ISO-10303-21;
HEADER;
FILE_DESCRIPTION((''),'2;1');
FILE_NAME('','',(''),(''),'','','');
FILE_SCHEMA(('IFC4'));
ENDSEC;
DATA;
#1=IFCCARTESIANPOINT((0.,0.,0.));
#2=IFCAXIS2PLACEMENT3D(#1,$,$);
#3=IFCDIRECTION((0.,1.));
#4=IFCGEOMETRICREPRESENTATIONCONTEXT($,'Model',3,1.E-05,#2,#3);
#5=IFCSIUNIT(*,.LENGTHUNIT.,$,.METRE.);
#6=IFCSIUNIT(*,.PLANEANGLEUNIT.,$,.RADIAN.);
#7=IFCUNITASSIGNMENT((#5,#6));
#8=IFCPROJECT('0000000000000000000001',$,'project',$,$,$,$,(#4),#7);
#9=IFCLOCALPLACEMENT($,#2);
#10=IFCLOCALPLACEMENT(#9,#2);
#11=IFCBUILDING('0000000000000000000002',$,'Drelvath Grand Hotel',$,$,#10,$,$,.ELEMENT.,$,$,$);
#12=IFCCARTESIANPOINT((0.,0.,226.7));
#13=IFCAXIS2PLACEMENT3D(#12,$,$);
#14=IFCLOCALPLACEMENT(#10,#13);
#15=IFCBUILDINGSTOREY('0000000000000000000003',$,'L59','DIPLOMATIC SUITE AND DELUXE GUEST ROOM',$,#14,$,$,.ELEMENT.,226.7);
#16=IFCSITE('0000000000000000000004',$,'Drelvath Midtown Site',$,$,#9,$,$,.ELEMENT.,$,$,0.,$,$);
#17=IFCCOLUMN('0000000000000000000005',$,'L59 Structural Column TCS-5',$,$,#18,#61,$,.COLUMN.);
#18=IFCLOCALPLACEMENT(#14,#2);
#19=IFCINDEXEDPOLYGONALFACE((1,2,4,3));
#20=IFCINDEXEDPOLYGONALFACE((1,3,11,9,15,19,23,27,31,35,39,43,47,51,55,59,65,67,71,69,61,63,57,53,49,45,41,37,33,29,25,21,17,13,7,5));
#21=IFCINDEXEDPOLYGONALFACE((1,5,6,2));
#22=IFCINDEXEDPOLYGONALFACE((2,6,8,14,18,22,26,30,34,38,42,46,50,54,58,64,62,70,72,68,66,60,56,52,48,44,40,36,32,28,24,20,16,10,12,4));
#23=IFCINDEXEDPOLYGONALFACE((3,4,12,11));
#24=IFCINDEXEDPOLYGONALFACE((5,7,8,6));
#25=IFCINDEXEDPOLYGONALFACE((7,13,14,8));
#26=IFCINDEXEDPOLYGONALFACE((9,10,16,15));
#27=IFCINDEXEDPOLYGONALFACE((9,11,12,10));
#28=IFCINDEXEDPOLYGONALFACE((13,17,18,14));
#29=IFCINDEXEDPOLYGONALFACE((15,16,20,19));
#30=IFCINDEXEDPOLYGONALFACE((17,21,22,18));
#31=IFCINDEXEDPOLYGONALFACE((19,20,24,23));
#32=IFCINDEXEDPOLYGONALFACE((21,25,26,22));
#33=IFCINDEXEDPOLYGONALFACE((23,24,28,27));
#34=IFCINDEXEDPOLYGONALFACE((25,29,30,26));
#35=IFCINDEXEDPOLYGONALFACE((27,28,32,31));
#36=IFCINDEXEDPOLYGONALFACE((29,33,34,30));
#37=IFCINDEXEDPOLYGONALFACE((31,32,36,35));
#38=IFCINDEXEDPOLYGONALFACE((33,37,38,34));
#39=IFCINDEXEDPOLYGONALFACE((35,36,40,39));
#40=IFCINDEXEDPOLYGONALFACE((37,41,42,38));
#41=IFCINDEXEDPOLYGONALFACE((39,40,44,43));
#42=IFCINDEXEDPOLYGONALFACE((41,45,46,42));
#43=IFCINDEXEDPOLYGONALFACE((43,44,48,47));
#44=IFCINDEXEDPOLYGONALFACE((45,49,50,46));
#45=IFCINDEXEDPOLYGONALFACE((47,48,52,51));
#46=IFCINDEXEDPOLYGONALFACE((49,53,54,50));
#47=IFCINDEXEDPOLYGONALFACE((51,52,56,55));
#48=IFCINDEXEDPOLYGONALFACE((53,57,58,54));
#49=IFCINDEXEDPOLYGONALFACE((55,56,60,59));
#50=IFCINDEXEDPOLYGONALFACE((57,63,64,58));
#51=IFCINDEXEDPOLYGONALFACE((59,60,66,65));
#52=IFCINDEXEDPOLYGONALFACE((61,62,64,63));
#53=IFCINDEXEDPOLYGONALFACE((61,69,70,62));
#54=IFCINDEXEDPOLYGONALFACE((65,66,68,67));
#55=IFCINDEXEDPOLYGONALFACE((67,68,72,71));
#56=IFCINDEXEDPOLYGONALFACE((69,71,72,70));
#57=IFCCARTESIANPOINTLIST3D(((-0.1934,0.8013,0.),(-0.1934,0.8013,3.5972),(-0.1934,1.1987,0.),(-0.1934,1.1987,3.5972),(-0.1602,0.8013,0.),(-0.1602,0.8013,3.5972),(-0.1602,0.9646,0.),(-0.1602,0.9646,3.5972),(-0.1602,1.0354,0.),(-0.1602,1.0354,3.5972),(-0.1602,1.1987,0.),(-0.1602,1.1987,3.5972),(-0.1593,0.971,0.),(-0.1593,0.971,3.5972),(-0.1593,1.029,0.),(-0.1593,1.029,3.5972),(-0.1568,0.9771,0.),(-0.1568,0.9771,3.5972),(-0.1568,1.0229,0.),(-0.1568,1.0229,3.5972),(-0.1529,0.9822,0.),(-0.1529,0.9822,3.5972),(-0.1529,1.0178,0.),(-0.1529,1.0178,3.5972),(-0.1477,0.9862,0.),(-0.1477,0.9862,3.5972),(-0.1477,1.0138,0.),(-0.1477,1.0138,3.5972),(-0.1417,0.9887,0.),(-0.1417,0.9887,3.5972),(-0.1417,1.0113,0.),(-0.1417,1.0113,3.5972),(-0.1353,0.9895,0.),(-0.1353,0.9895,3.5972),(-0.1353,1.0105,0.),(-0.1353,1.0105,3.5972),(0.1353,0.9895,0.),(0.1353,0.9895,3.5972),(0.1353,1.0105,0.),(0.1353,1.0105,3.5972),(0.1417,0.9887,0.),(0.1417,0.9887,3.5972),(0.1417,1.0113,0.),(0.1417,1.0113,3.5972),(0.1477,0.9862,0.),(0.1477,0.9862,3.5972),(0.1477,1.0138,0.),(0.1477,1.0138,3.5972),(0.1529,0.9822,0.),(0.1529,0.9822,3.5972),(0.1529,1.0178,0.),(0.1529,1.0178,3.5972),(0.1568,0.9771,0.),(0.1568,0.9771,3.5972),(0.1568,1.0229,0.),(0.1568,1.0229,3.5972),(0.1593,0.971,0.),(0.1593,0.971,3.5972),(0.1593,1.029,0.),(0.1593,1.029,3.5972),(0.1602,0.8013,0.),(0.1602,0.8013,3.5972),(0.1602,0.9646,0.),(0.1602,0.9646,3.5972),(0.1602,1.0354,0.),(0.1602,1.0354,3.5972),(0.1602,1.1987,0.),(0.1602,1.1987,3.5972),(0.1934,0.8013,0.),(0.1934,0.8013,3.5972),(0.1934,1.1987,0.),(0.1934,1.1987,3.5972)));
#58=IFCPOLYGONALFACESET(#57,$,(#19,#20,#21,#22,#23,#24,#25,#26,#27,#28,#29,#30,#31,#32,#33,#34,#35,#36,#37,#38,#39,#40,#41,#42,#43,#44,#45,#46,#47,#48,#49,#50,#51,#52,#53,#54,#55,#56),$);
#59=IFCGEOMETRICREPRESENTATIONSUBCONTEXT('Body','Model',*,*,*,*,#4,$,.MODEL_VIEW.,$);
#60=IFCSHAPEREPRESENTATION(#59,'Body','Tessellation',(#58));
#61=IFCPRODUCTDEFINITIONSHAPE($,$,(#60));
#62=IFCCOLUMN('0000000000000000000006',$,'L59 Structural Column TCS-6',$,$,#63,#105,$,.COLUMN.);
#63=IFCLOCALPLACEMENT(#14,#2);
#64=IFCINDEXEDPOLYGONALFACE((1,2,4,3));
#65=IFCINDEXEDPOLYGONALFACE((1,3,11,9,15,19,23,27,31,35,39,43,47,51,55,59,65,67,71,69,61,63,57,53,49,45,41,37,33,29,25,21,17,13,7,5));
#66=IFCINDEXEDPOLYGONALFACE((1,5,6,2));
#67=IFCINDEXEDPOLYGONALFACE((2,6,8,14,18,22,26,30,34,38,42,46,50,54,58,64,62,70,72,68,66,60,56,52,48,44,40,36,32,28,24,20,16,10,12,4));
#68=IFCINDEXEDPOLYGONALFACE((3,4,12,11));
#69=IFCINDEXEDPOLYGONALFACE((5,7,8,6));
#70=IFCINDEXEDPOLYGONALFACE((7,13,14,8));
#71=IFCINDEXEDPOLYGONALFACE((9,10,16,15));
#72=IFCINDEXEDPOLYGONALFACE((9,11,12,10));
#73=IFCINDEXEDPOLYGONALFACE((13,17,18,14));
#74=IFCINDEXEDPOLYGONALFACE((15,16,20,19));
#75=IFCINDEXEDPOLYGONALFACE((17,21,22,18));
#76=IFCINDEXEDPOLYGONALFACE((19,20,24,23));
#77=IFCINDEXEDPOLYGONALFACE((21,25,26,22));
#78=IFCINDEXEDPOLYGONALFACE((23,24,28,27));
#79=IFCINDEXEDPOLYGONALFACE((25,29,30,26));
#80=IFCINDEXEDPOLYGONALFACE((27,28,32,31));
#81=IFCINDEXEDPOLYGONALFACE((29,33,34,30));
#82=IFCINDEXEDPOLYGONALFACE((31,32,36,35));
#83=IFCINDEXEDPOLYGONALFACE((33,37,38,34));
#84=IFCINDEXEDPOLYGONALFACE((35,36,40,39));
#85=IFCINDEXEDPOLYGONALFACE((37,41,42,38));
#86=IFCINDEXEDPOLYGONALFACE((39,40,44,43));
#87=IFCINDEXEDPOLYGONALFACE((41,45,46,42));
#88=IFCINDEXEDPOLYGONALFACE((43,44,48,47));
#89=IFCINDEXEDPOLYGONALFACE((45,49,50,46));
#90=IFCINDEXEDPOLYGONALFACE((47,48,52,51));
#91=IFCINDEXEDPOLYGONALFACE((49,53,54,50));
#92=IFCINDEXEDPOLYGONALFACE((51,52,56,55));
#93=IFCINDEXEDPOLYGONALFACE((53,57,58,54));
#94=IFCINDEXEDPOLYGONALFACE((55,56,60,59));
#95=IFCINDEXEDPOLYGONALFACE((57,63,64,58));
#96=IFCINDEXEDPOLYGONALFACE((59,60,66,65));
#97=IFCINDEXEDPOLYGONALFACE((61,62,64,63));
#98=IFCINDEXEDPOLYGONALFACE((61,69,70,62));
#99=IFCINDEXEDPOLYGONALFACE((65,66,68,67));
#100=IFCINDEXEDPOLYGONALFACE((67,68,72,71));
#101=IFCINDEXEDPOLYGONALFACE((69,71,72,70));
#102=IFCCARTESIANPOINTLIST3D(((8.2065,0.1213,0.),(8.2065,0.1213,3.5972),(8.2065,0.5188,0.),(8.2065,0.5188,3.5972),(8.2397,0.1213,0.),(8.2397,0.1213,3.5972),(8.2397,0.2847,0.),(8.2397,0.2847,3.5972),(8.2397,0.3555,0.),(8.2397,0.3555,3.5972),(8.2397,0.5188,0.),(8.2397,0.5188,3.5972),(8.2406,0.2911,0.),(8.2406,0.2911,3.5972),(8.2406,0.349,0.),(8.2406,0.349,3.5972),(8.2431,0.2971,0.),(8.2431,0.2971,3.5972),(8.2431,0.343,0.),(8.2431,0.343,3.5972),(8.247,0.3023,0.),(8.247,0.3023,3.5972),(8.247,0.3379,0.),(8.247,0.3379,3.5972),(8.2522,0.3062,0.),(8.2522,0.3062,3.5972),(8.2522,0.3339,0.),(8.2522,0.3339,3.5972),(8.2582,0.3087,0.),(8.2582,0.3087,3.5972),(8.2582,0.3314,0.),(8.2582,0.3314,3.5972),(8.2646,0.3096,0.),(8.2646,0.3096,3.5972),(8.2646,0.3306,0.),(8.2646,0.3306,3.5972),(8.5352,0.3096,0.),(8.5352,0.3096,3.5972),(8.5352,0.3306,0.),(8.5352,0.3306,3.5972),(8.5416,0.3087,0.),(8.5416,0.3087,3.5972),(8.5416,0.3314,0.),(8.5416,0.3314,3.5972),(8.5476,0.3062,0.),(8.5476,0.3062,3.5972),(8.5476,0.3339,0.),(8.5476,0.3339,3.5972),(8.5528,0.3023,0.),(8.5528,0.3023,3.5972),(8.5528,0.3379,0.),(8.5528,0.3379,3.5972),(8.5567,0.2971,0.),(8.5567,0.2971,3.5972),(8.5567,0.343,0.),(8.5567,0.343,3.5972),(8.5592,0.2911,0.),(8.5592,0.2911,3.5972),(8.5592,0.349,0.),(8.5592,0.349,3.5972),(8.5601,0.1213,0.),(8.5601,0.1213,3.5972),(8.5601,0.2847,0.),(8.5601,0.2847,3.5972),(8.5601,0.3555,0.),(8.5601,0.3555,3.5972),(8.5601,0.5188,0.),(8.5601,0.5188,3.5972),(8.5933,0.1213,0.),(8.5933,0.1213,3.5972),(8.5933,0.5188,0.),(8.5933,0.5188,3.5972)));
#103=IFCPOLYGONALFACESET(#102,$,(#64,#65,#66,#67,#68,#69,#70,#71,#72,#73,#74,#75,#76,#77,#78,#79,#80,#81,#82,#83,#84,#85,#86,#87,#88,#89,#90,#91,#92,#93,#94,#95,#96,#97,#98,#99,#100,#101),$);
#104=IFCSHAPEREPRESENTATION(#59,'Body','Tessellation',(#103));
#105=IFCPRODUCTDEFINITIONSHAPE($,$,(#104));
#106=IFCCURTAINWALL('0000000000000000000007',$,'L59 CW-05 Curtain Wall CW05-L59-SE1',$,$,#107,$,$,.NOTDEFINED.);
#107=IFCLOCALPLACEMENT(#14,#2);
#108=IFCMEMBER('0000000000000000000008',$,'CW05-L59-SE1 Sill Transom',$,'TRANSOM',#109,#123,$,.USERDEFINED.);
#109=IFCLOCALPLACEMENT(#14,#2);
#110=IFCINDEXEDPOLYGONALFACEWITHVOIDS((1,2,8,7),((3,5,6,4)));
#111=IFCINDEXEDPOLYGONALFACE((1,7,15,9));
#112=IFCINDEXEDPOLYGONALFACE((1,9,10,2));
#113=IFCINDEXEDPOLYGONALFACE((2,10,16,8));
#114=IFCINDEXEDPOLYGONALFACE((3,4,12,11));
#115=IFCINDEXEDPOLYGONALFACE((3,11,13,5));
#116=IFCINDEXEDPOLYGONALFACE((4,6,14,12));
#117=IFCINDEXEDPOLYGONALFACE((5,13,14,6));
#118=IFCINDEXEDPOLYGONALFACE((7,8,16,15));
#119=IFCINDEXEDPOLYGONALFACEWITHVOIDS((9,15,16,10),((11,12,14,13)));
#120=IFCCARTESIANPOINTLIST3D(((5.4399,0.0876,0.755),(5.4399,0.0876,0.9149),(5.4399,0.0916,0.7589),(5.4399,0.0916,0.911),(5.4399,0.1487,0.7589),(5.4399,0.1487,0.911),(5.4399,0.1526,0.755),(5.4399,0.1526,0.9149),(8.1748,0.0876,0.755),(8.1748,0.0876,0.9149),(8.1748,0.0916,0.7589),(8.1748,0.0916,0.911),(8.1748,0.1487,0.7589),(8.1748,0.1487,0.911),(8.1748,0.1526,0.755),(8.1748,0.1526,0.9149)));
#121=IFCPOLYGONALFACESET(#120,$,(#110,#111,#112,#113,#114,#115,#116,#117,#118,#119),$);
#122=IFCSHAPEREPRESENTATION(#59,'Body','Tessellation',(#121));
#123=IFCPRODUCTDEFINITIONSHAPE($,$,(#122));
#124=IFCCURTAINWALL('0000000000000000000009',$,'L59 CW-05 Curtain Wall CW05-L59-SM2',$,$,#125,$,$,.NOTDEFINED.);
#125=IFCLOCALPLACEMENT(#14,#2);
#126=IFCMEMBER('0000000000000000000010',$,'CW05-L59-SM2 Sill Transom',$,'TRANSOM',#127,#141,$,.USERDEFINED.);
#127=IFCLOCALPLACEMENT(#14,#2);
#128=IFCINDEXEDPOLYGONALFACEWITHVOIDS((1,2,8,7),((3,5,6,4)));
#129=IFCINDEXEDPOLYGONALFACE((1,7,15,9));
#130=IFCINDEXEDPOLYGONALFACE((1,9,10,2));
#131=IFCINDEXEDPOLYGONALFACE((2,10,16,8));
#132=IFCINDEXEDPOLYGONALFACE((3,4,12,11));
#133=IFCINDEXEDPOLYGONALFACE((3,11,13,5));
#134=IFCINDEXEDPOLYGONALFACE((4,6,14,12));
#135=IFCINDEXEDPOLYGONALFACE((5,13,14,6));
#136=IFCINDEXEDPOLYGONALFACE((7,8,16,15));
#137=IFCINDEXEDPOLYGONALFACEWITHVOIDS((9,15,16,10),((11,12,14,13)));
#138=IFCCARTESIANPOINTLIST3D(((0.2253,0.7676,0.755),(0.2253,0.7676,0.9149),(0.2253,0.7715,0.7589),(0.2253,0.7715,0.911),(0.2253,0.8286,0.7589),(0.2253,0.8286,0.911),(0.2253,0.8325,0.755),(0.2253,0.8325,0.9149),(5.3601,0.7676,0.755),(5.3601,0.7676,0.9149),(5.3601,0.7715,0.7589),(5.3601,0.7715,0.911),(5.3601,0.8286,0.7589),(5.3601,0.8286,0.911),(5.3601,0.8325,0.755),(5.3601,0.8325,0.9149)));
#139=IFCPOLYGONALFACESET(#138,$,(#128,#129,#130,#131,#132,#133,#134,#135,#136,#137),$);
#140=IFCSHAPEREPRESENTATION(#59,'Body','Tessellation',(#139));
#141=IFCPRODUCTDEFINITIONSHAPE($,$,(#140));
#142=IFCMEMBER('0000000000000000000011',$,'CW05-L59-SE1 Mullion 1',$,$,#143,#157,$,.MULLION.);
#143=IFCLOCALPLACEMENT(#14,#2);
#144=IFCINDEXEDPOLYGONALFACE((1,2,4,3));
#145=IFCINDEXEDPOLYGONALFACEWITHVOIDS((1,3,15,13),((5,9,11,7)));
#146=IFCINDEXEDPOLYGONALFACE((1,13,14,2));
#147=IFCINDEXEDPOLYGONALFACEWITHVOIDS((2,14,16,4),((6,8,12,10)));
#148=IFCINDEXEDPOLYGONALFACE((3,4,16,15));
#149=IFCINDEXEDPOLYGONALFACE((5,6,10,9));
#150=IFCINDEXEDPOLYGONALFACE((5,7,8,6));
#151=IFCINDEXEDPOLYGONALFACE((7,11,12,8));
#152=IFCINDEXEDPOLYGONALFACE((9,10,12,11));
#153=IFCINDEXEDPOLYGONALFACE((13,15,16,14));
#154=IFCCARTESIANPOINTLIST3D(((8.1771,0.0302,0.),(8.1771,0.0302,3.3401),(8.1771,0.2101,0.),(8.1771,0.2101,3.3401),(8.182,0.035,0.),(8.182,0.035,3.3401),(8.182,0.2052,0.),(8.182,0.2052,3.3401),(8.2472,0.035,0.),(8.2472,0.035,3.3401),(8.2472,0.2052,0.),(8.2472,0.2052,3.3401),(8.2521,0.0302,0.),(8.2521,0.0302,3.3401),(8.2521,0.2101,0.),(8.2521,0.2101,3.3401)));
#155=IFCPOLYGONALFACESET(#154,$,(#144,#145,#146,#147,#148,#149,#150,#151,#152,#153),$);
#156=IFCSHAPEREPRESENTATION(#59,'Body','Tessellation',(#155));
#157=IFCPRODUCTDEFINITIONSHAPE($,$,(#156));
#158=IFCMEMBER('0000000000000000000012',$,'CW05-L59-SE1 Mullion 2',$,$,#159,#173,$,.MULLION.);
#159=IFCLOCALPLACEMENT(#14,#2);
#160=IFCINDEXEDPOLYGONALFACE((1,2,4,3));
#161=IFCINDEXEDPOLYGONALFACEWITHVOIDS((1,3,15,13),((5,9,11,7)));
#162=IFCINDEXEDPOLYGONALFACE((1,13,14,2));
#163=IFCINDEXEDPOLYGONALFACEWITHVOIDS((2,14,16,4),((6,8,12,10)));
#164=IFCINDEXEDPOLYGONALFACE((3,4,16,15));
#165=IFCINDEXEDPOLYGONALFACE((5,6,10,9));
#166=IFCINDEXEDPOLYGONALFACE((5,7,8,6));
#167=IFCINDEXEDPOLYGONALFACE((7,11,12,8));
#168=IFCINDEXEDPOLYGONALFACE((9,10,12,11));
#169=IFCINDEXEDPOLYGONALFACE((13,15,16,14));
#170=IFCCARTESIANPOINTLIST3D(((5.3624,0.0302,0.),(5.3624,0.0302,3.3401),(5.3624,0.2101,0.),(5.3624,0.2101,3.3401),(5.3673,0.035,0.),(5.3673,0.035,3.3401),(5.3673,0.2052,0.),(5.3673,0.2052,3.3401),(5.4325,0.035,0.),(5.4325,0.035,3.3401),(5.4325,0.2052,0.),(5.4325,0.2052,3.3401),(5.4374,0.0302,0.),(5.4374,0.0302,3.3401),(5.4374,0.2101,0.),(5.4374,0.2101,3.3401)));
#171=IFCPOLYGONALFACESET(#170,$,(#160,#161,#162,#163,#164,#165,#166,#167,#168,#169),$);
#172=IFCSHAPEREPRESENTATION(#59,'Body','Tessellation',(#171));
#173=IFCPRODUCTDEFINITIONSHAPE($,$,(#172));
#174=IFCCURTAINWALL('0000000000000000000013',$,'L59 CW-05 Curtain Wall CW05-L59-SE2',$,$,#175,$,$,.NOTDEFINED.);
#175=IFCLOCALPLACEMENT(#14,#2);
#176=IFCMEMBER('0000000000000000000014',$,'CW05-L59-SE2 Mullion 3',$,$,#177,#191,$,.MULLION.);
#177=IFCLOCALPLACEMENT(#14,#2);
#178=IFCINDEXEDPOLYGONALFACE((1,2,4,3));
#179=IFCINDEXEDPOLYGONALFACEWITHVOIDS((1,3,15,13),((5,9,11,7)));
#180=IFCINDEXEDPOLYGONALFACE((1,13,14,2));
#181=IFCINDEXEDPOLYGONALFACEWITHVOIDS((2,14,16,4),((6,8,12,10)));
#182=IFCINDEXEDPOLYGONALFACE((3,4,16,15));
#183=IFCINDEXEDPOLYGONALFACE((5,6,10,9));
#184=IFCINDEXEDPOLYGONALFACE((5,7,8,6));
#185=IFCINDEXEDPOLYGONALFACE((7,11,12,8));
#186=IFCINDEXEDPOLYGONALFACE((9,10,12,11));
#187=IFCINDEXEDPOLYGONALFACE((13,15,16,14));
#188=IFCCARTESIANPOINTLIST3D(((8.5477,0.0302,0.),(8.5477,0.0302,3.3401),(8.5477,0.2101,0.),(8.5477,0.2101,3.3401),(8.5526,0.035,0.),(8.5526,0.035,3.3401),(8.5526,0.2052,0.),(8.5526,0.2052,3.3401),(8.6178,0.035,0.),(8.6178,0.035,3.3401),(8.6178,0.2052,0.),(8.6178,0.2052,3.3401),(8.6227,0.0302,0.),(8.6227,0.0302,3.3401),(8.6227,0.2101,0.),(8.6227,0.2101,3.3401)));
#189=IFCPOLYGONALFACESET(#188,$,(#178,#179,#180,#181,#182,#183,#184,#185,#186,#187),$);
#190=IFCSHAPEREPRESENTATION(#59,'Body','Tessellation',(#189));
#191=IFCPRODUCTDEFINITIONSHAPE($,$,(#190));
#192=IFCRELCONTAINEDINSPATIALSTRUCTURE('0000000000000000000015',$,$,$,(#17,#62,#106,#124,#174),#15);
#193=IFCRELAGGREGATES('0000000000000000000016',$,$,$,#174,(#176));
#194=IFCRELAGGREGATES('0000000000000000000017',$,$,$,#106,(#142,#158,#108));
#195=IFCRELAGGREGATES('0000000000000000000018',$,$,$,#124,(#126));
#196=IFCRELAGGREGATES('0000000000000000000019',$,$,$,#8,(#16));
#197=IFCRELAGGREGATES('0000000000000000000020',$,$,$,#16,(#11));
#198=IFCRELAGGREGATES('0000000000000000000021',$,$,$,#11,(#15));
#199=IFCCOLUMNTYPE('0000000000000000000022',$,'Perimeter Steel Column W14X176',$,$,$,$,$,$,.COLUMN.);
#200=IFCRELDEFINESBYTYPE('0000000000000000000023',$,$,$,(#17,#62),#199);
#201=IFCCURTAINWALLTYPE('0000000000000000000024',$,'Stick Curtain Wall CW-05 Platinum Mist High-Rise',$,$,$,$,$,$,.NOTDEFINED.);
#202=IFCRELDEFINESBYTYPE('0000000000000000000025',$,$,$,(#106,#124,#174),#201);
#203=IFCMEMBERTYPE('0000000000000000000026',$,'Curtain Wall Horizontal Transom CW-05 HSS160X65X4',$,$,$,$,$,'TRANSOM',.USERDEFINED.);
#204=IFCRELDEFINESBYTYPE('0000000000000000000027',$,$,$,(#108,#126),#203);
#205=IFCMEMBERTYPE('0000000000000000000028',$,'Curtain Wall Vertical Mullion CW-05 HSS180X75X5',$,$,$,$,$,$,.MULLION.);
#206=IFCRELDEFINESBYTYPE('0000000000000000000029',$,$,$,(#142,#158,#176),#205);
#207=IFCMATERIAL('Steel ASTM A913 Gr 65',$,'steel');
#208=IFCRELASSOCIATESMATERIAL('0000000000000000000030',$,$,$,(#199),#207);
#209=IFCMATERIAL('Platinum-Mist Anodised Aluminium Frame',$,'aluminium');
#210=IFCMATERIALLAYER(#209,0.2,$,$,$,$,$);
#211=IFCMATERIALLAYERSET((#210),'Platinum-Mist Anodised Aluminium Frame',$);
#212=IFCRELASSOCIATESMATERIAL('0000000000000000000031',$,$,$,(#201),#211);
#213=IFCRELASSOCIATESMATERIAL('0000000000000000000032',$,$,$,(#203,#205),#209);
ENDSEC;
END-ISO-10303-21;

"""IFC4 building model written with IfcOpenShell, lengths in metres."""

from ifc_helpers import new_model, si_unit, direction, frame, origin, origin_2d, place, context, subcontext, project, spatial, hollow_rectangle, i_section, extrude, material, layer, layer_set, material_profile, profile_set, type_object, element, aggregate, save


model = new_model("IFC4")

# Units and contexts
model_context = context("Model", 3, precision=1e-05, world=origin(), true_north=direction((0.0, 1.0)))
body_context = subcontext(model_context, "Body", "Model", "MODEL_VIEW")
ifc_project = project(units=[si_unit("LENGTHUNIT", "METRE"), si_unit("PLANEANGLEUNIT", "RADIAN")], contexts=[model_context])

# Site, building, storey
site_placement = place(None, origin())
site = spatial("IfcSite", under=ifc_project, at=site_placement, Name="Drelvath Midtown Site", CompositionType="ELEMENT", RefElevation=0.0)
building_placement = place(site_placement, origin())
building = spatial("IfcBuilding", under=site, at=building_placement, Name="Drelvath Grand Hotel", CompositionType="ELEMENT")
storey_placement = place(building_placement, frame((0.0, 0.0, 226.7)))
storey = spatial("IfcBuildingStorey", under=building, at=storey_placement, Name="L59", Description="DIPLOMATIC SUITE AND DELUXE GUEST ROOM", CompositionType="ELEMENT", Elevation=226.7)

# Columns
ifc_material_1 = material(Name="Steel ASTM A913 Gr 65", Category="steel")
ifc_material_profile_1 = material_profile(ifc_material_1, i_section(OverallWidth=0.3975, OverallDepth=0.3867, WebThickness=0.021, FlangeThickness=0.0332, FilletRadius=0.0249, at=origin_2d()), Name="W14X176")
ifc_profile_set_1 = profile_set([ifc_material_profile_1], Name="Steel ASTM A913 Gr 65")
column_type = type_object("IfcColumnType", Name="Perimeter Steel Column W14X176", PredefinedType="COLUMN", material=ifc_profile_set_1)
for number, where, z_axis, x_axis, name in (
    (1, (0.0, 1.0, 0.0), (0.0, 0.0, 1.0), (0.0, 1.0, 0.0), "L59 Structural Column TCS-5"),
    (2, (8.3999, 0.3201, 0.0), (0.0, 0.0, 1.0), (0.0, 1.0, 0.0), "L59 Structural Column TCS-6"),
):
    element("IfcColumn", number, at=place(storey_placement, frame(where, z_axis=z_axis, x_axis=x_axis)), inside=storey, type_object=column_type, Name=name, PredefinedType="COLUMN", context=body_context, shape_type="SweptSolid", body=[
        extrude(i_section(OverallWidth=0.3975, OverallDepth=0.3867, WebThickness=0.021, FlangeThickness=0.0332, FilletRadius=0.0249, at=origin_2d()), origin(), (0.0, 0.0, 1.0), 3.5972),
    ])

# Curtain walls, members
ifc_material_2 = material(Name="Platinum-Mist Anodised Aluminium Frame", Category="aluminium")
ifc_layer_1 = layer(ifc_material_2, 0.2)
ifc_layer_set_1 = layer_set([ifc_layer_1], Name="Platinum-Mist Anodised Aluminium Frame")
curtain_wall_type = type_object("IfcCurtainWallType", Name="Stick Curtain Wall CW-05 Platinum Mist High-Rise", PredefinedType="NOTDEFINED", material=ifc_layer_set_1)
curtain_wall_1_placement = place(storey_placement, origin())
curtain_wall_1 = element("IfcCurtainWall", 3, at=curtain_wall_1_placement, inside=storey, type_object=curtain_wall_type, Name="L59 CW-05 Curtain Wall CW05-L59-SE1", PredefinedType="NOTDEFINED")
ifc_material_profile_2 = material_profile(ifc_material_2, hollow_rectangle(XDim=0.0649, YDim=0.1599, WallThickness=0.0039, at=origin_2d()), Name="HSS160X65X4")
ifc_profile_set_2 = profile_set([ifc_material_profile_2], Name="Platinum-Mist Anodised Aluminium Frame")
member_type_1 = type_object("IfcMemberType", Name="Curtain Wall Horizontal Transom CW-05 HSS160X65X4", ElementType="TRANSOM", PredefinedType="USERDEFINED", material=ifc_profile_set_2)
member_1_placement = place(storey_placement, frame((8.1748, 0.1201, 0.835), z_axis=(-1.0, 0.0, 0.0), x_axis=(0.0, -1.0, 0.0)))
member_1 = element("IfcMember", 4, at=member_1_placement, type_object=member_type_1, Name="CW05-L59-SE1 Sill Transom", ObjectType="TRANSOM", PredefinedType="USERDEFINED", context=body_context, shape_type="SweptSolid", body=[
    extrude(hollow_rectangle(XDim=0.0649, YDim=0.1599, WallThickness=0.0039, at=origin_2d()), origin(), (0.0, 0.0, 1.0), 2.7349),
])
curtain_wall_2_placement = place(storey_placement, origin())
curtain_wall_2 = element("IfcCurtainWall", 5, at=curtain_wall_2_placement, inside=storey, type_object=curtain_wall_type, Name="L59 CW-05 Curtain Wall CW05-L59-SM2", PredefinedType="NOTDEFINED")
member_2_placement = place(storey_placement, frame((5.3601, 0.8, 0.835), z_axis=(-1.0, 0.0, 0.0), x_axis=(0.0, -1.0, 0.0)))
member_2 = element("IfcMember", 6, at=member_2_placement, type_object=member_type_1, Name="CW05-L59-SM2 Sill Transom", ObjectType="TRANSOM", PredefinedType="USERDEFINED", context=body_context, shape_type="SweptSolid", body=[
    extrude(hollow_rectangle(XDim=0.0649, YDim=0.1599, WallThickness=0.0039, at=origin_2d()), origin(), (0.0, 0.0, 1.0), 5.1348),
])

# Members
ifc_material_profile_3 = material_profile(ifc_material_2, hollow_rectangle(XDim=0.075, YDim=0.1799, WallThickness=0.0049, at=origin_2d()), Name="HSS180X75X5")
ifc_profile_set_3 = profile_set([ifc_material_profile_3], Name="Platinum-Mist Anodised Aluminium Frame")
member_type_2 = type_object("IfcMemberType", Name="Curtain Wall Vertical Mullion CW-05 HSS180X75X5", PredefinedType="MULLION", material=ifc_profile_set_3)
member_3_placement = place(storey_placement, frame((8.2146, 0.1201, 0.0), z_axis=(0.0, 0.0, 1.0), x_axis=(1.0, 0.0, 0.0)))
member_3 = element("IfcMember", 7, at=member_3_placement, type_object=member_type_2, Name="CW05-L59-SE1 Mullion 1", PredefinedType="MULLION", context=body_context, shape_type="SweptSolid", body=[
    extrude(hollow_rectangle(XDim=0.075, YDim=0.1799, WallThickness=0.0049, at=origin_2d()), origin(), (0.0, 0.0, 1.0), 3.3401),
])
member_4_placement = place(storey_placement, frame((5.3999, 0.1201, 0.0), z_axis=(0.0, 0.0, 1.0), x_axis=(1.0, 0.0, 0.0)))
member_4 = element("IfcMember", 8, at=member_4_placement, type_object=member_type_2, Name="CW05-L59-SE1 Mullion 2", PredefinedType="MULLION", context=body_context, shape_type="SweptSolid", body=[
    extrude(hollow_rectangle(XDim=0.075, YDim=0.1799, WallThickness=0.0049, at=origin_2d()), origin(), (0.0, 0.0, 1.0), 3.3401),
])

# Curtain wall, member
curtain_wall_3_placement = place(storey_placement, origin())
curtain_wall_3 = element("IfcCurtainWall", 9, at=curtain_wall_3_placement, inside=storey, type_object=curtain_wall_type, Name="L59 CW-05 Curtain Wall CW05-L59-SE2", PredefinedType="NOTDEFINED")
member_5_placement = place(storey_placement, frame((8.5852, 0.1201, 0.0), z_axis=(0.0, 0.0, 1.0), x_axis=(1.0, 0.0, 0.0)))
member_5 = element("IfcMember", 10, at=member_5_placement, type_object=member_type_2, Name="CW05-L59-SE2 Mullion 3", PredefinedType="MULLION", context=body_context, shape_type="SweptSolid", body=[
    extrude(hollow_rectangle(XDim=0.075, YDim=0.1799, WallThickness=0.0049, at=origin_2d()), origin(), (0.0, 0.0, 1.0), 3.3401),
])
aggregate(curtain_wall_3, [member_5])

aggregate(curtain_wall_1, [member_3, member_4, member_1])
aggregate(curtain_wall_2, [member_2])

save(model, "model.ifc")
